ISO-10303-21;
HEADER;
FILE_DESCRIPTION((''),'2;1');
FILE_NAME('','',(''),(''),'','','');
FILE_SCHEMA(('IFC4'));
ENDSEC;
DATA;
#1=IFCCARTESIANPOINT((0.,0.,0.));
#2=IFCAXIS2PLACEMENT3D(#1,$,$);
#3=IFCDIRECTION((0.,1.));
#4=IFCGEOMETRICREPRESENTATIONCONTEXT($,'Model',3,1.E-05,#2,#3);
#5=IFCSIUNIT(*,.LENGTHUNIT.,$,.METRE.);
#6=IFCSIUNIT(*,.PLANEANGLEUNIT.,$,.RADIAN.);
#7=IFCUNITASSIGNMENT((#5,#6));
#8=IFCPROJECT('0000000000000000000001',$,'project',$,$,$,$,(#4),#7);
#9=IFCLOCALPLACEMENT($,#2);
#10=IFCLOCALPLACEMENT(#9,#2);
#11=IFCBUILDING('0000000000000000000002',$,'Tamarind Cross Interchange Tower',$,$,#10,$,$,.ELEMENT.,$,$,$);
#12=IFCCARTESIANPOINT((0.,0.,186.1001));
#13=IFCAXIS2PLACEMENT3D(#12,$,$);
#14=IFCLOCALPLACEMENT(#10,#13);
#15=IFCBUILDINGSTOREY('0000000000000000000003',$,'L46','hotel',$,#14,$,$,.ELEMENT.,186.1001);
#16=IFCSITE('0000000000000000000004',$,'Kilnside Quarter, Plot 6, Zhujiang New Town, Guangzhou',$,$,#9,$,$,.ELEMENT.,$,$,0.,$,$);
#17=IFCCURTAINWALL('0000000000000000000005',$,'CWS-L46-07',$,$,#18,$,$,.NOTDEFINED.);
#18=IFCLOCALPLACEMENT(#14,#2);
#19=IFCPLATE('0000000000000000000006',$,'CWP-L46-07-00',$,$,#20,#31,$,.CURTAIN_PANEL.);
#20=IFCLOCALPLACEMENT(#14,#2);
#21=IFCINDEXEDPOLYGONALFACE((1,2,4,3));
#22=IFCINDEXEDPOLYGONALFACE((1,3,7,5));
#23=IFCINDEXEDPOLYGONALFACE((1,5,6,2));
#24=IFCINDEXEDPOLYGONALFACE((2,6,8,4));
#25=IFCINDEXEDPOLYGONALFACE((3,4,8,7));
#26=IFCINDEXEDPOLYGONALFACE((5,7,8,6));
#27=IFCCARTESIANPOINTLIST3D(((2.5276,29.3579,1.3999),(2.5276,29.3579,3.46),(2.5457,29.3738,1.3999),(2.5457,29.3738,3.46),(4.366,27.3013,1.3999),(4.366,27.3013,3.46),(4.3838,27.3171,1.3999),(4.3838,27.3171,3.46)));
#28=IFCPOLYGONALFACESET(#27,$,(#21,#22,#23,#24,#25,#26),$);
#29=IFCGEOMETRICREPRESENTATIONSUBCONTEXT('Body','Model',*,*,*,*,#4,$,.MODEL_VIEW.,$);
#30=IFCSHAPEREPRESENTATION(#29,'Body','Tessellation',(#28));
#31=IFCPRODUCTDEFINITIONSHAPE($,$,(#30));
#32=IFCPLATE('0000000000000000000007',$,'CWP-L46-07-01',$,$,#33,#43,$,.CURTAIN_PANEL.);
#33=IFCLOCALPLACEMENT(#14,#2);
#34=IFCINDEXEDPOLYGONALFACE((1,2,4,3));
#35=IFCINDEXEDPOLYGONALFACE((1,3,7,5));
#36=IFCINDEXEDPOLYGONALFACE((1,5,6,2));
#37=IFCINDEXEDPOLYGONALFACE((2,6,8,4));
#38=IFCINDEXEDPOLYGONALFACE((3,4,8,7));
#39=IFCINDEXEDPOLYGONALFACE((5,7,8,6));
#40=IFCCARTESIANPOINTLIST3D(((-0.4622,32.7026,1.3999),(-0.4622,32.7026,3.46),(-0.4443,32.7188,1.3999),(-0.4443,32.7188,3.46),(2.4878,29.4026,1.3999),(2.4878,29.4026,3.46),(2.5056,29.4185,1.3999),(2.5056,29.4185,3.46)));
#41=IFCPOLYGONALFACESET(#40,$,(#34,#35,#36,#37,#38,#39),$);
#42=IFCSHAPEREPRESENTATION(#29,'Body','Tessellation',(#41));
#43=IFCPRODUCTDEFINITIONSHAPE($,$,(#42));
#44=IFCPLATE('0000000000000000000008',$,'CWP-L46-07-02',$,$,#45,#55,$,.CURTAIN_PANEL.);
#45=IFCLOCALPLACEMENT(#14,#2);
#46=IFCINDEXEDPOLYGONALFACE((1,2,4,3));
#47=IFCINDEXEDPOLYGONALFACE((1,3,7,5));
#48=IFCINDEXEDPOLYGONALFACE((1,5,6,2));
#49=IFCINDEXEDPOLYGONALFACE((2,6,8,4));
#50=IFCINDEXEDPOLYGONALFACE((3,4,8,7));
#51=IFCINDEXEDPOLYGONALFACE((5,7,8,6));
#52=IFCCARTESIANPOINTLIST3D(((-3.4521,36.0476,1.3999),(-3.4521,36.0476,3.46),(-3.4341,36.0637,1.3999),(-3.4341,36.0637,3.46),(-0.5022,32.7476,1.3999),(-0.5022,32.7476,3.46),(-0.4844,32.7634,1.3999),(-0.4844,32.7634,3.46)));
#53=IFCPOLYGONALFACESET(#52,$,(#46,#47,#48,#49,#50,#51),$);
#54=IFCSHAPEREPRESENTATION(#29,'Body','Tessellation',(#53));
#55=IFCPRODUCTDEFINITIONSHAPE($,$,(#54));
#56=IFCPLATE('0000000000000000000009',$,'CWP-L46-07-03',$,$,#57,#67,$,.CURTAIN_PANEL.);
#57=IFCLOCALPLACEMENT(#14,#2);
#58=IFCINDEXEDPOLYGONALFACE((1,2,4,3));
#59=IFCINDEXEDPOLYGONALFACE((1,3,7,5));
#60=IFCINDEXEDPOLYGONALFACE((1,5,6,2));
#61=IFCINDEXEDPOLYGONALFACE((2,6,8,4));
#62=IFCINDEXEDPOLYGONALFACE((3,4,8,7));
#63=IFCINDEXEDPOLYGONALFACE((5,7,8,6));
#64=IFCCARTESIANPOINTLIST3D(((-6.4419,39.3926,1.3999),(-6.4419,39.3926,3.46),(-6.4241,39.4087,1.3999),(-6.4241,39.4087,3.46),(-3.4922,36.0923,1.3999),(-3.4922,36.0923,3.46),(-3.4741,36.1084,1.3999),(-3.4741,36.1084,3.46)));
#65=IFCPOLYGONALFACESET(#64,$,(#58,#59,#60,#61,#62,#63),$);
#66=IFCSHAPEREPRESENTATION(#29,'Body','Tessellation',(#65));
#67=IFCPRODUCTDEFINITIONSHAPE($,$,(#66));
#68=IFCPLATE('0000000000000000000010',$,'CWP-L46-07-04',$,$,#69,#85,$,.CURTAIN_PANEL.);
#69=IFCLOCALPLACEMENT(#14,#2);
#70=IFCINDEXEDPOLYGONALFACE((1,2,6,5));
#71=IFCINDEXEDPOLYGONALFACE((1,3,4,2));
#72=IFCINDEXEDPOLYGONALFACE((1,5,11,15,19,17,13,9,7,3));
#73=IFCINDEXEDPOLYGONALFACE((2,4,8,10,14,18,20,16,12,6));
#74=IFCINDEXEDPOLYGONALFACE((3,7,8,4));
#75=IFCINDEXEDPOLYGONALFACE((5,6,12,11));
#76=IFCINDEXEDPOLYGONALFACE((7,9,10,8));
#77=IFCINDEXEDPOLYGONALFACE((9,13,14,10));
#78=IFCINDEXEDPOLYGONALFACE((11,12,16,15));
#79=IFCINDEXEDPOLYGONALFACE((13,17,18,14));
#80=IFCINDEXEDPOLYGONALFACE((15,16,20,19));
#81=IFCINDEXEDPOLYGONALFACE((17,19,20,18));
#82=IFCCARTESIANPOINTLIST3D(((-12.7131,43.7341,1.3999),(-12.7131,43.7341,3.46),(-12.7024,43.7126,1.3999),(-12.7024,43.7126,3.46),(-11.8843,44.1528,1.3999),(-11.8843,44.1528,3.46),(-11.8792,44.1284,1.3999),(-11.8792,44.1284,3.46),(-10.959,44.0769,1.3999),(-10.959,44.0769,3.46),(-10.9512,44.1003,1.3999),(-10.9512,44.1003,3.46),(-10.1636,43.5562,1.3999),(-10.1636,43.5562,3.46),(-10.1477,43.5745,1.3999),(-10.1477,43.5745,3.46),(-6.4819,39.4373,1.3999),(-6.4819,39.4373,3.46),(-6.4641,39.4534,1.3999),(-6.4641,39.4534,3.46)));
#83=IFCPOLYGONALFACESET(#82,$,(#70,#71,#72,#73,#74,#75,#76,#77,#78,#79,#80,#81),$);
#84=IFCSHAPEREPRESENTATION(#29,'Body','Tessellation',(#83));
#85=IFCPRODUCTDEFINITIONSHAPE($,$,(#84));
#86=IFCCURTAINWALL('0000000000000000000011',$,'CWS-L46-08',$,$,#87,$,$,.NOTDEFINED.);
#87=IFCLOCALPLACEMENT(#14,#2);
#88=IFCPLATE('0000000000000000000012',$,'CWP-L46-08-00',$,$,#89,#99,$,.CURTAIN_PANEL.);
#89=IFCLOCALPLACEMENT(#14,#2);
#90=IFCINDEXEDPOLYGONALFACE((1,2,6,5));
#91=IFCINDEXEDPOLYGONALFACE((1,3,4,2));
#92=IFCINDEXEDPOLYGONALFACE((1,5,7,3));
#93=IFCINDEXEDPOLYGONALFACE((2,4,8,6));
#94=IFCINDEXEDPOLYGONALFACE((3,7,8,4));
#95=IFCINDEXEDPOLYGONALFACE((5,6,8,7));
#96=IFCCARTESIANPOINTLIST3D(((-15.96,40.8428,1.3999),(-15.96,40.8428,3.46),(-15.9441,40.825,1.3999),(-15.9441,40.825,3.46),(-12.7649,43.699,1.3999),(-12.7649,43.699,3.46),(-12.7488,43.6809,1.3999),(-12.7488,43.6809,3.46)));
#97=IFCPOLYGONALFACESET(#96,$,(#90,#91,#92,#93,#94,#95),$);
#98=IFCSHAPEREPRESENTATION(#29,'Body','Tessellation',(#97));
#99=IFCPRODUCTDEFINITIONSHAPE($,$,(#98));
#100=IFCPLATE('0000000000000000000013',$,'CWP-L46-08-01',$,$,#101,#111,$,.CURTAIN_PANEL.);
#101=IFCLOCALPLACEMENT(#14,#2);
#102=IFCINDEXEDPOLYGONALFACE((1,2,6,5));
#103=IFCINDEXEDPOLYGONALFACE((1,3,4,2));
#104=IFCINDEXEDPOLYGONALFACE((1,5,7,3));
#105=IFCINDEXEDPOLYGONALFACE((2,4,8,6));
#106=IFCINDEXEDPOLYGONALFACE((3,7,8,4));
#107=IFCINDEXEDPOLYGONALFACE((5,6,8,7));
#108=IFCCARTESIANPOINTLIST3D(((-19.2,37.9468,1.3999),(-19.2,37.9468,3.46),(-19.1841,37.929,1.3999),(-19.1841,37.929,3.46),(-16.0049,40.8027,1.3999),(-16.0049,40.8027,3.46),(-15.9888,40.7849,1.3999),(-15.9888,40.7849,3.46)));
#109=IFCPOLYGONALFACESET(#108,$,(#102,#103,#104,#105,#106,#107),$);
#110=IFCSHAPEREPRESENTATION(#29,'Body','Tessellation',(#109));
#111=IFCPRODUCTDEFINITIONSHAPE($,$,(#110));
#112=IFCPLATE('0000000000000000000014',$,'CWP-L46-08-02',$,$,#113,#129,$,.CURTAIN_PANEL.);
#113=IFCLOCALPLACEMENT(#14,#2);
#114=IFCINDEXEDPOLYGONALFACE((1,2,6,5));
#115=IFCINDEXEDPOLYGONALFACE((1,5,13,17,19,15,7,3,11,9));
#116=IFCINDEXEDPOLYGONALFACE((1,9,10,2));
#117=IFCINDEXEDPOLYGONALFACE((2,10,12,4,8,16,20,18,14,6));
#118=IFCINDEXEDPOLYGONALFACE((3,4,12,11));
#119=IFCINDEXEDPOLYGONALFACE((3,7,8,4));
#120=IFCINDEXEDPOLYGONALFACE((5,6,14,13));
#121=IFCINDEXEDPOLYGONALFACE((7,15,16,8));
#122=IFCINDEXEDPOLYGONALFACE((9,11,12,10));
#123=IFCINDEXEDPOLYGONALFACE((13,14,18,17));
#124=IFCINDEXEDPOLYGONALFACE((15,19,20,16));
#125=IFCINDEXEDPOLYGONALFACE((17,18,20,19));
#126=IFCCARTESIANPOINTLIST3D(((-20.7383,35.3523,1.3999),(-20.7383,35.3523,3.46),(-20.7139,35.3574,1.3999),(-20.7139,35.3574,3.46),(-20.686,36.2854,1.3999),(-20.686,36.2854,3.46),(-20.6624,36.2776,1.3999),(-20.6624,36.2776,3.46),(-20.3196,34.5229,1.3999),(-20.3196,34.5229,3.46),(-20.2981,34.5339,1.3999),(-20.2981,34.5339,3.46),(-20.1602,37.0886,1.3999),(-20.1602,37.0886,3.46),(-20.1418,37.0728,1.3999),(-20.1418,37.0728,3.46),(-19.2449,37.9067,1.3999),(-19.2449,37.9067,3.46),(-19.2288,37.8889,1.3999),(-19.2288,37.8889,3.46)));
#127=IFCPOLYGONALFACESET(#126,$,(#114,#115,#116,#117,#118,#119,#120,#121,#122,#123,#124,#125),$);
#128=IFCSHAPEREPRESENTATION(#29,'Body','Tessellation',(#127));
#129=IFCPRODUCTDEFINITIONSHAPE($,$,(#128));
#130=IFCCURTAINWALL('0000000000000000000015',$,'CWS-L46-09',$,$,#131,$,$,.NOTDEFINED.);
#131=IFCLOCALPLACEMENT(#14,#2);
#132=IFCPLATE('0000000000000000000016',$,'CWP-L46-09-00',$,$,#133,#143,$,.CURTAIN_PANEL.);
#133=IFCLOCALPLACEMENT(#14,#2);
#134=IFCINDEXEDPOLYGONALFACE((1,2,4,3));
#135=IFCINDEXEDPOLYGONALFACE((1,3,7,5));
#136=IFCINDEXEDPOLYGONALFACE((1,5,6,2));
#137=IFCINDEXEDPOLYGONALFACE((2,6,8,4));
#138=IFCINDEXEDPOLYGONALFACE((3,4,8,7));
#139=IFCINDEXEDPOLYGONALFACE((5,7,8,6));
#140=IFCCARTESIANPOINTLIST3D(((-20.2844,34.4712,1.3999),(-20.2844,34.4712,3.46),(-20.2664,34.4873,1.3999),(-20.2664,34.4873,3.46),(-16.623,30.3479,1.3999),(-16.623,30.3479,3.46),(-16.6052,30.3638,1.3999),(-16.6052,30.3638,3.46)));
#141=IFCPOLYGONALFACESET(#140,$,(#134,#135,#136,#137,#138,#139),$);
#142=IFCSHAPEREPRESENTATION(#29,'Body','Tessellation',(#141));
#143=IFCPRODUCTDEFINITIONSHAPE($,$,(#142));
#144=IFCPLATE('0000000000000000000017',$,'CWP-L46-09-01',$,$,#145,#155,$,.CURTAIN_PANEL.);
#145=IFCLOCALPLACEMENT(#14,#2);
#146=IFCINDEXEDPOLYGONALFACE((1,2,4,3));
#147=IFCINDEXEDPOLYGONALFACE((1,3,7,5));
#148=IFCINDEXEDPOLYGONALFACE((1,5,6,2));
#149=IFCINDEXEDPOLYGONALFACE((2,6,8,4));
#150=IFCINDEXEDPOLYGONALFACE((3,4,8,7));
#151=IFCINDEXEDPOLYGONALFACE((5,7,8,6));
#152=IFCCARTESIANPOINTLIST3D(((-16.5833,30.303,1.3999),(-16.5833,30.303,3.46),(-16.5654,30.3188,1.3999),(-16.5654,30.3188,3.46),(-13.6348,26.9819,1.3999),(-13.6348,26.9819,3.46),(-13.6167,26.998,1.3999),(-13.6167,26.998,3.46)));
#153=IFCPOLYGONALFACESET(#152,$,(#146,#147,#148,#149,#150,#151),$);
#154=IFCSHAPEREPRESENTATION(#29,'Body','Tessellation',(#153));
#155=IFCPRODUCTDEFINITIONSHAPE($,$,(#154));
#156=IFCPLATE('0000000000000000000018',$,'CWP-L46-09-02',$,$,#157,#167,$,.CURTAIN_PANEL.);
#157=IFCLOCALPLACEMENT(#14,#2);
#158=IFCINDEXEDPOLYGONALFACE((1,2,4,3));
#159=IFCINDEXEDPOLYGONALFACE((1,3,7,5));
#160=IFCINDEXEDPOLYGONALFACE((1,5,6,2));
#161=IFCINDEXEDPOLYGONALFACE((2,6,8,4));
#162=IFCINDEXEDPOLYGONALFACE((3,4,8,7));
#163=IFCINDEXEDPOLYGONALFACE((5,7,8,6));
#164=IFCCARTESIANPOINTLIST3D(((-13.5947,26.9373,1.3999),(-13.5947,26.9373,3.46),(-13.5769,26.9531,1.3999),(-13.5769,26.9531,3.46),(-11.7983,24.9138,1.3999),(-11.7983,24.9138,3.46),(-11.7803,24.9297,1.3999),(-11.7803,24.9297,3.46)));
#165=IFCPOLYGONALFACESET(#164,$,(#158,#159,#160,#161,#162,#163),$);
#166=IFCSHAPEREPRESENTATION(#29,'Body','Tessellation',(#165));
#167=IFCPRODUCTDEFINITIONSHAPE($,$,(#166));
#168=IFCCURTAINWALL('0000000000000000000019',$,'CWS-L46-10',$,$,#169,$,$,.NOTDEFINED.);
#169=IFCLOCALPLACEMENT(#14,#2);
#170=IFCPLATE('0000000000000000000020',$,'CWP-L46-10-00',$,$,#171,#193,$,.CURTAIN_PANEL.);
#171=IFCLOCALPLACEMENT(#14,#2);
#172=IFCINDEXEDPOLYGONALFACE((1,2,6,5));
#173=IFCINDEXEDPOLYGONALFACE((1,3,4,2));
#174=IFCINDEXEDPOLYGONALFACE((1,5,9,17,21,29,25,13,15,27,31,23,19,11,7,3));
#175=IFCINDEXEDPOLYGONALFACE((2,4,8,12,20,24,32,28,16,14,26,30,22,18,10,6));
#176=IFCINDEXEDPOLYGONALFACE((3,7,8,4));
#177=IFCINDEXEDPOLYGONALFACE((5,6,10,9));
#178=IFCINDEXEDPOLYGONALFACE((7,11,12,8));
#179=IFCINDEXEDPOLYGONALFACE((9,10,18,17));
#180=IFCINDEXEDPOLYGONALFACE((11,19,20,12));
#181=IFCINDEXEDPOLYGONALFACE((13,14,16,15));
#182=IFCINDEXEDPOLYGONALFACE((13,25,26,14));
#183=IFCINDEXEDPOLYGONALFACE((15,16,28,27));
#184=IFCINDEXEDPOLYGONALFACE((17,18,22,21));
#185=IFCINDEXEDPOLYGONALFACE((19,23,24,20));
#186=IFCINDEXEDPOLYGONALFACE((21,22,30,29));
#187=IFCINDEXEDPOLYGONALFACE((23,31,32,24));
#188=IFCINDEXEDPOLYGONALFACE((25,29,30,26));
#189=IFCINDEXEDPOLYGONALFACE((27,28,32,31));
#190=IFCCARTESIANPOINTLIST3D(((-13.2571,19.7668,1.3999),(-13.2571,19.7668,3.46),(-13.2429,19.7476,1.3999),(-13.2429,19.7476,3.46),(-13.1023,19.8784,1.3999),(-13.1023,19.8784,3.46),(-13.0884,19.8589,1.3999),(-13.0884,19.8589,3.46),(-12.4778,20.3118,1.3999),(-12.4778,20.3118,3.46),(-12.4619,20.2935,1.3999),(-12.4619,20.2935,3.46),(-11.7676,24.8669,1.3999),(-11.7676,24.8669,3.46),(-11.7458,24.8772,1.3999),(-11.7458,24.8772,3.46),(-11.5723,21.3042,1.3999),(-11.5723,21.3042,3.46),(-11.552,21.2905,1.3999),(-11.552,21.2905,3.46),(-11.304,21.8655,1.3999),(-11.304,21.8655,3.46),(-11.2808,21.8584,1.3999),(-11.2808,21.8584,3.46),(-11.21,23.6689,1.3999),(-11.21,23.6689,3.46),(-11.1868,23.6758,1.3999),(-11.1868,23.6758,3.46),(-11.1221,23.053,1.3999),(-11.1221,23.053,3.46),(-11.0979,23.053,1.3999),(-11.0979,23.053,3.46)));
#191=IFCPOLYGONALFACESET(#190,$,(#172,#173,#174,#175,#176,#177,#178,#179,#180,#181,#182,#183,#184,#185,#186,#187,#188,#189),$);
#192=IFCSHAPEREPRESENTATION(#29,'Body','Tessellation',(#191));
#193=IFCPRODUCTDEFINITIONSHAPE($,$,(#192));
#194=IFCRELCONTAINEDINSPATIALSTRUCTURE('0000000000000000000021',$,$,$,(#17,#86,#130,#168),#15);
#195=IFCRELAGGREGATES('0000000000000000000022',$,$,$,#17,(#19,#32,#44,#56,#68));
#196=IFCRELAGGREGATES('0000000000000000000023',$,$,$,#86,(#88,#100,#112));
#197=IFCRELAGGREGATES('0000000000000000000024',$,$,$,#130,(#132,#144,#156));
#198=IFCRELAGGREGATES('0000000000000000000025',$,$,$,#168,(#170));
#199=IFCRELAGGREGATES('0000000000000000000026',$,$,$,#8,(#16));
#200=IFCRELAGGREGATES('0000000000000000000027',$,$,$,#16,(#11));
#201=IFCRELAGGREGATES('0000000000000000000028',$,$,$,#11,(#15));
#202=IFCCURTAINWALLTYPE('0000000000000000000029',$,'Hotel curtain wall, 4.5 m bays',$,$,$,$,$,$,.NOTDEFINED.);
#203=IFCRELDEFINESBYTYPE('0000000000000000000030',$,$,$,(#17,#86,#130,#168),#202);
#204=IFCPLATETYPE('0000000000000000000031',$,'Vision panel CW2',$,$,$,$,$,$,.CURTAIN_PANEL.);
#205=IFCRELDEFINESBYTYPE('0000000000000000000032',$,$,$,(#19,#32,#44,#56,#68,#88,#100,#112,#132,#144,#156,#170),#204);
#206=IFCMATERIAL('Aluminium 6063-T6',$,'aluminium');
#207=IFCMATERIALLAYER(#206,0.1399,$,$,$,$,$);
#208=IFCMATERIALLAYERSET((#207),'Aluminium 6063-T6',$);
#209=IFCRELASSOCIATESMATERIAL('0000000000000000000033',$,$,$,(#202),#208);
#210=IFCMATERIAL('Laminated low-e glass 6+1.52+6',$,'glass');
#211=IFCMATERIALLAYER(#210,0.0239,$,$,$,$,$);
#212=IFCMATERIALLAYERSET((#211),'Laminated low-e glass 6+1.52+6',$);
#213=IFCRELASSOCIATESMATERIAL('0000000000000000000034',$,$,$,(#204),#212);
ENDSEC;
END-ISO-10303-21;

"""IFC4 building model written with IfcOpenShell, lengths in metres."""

from ifc_helpers import new_model, si_unit, direction, frame, origin, place, context, subcontext, project, spatial, polyline, outline, extrude, material, layer, layer_set, type_object, element, aggregate, save


model = new_model("IFC4")

# Units and contexts
model_context = context("Model", 3, precision=1e-05, world=origin(), true_north=direction((0.0, 1.0)))
body_context = subcontext(model_context, "Body", "Model", "MODEL_VIEW")
ifc_project = project(units=[si_unit("LENGTHUNIT", "METRE"), si_unit("PLANEANGLEUNIT", "RADIAN")], contexts=[model_context])

# Site, building, storey
site_placement = place(None, origin())
site = spatial("IfcSite", under=ifc_project, at=site_placement, Name="Kilnside Quarter, Plot 6, Zhujiang New Town, Guangzhou", CompositionType="ELEMENT", RefElevation=0.0)
building_placement = place(site_placement, origin())
building = spatial("IfcBuilding", under=site, at=building_placement, Name="Tamarind Cross Interchange Tower", CompositionType="ELEMENT")
storey_placement = place(building_placement, frame((0.0, 0.0, 186.1001)))
storey = spatial("IfcBuildingStorey", under=building, at=storey_placement, Name="L46", Description="hotel", CompositionType="ELEMENT", Elevation=186.1001)

# Curtain walls, plates
ifc_material_1 = material(Name="Aluminium 6063-T6", Category="aluminium")
ifc_layer_1 = layer(ifc_material_1, 0.1399)
ifc_layer_set_1 = layer_set([ifc_layer_1], Name="Aluminium 6063-T6")
curtain_wall_type = type_object("IfcCurtainWallType", Name="Hotel curtain wall, 4.5 m bays", PredefinedType="NOTDEFINED", material=ifc_layer_set_1)
ifc_material_2 = material(Name="Laminated low-e glass 6+1.52+6", Category="glass")
ifc_layer_2 = layer(ifc_material_2, 0.0239)
ifc_layer_set_2 = layer_set([ifc_layer_2], Name="Laminated low-e glass 6+1.52+6")
plate_type = type_object("IfcPlateType", Name="Vision panel CW2", PredefinedType="CURTAIN_PANEL", material=ifc_layer_set_2)
curtain_wall_1_placement = place(storey_placement, origin())
curtain_wall_1 = element("IfcCurtainWall", 1, at=curtain_wall_1_placement, inside=storey, type_object=curtain_wall_type, Name="CWS-L46-07", PredefinedType="NOTDEFINED")
plate_1_placement = place(storey_placement, frame((0.0, 0.0, 1.3999)))
plate_1 = element("IfcPlate", 2, at=plate_1_placement, type_object=plate_type, Name="CWP-L46-07-00", PredefinedType="CURTAIN_PANEL", context=body_context, shape_type="SweptSolid", body=[
    extrude(outline(polyline([(4.366, 27.3013), (2.5276, 29.3579), (2.5457, 29.3738), (4.3838, 27.3171), (4.366, 27.3013)])), origin(), (0.0, 0.0, 1.0), 2.0601),
])
plate_2_placement = place(storey_placement, frame((0.0, 0.0, 1.3999)))
plate_2 = element("IfcPlate", 3, at=plate_2_placement, type_object=plate_type, Name="CWP-L46-07-01", PredefinedType="CURTAIN_PANEL", context=body_context, shape_type="SweptSolid", body=[
    extrude(outline(polyline([(2.4878, 29.4026), (-0.4622, 32.7026), (-0.4443, 32.7188), (2.5056, 29.4185), (2.4878, 29.4026)])), origin(), (0.0, 0.0, 1.0), 2.0601),
])
plate_3_placement = place(storey_placement, frame((0.0, 0.0, 1.3999)))
plate_3 = element("IfcPlate", 4, at=plate_3_placement, type_object=plate_type, Name="CWP-L46-07-02", PredefinedType="CURTAIN_PANEL", context=body_context, shape_type="SweptSolid", body=[
    extrude(outline(polyline([(-0.5022, 32.7476), (-3.4521, 36.0476), (-3.4341, 36.0637), (-0.4844, 32.7634), (-0.5022, 32.7476)])), origin(), (0.0, 0.0, 1.0), 2.0601),
])
plate_4_placement = place(storey_placement, frame((0.0, 0.0, 1.3999)))
plate_4 = element("IfcPlate", 5, at=plate_4_placement, type_object=plate_type, Name="CWP-L46-07-03", PredefinedType="CURTAIN_PANEL", context=body_context, shape_type="SweptSolid", body=[
    extrude(outline(polyline([(-3.4922, 36.0923), (-6.4419, 39.3926), (-6.4241, 39.4087), (-3.4741, 36.1084), (-3.4922, 36.0923)])), origin(), (0.0, 0.0, 1.0), 2.0601),
])
plate_5_placement = place(storey_placement, frame((0.0, 0.0, 1.3999)))
plate_5 = element("IfcPlate", 6, at=plate_5_placement, type_object=plate_type, Name="CWP-L46-07-04", PredefinedType="CURTAIN_PANEL", context=body_context, shape_type="SweptSolid", body=[
    extrude(outline(polyline([(-6.4819, 39.4373), (-10.1636, 43.5562), (-10.959, 44.0769), (-11.8792, 44.1284), (-12.7024, 43.7126), (-12.7131, 43.7341), (-11.8843, 44.1528), (-10.9512, 44.1003), (-10.1477, 43.5745), (-6.4641, 39.4534), (-6.4819, 39.4373)])), origin(), (0.0, 0.0, 1.0), 2.0601),
])
aggregate(curtain_wall_1, [plate_1, plate_2, plate_3, plate_4, plate_5])
curtain_wall_2_placement = place(storey_placement, origin())
curtain_wall_2 = element("IfcCurtainWall", 7, at=curtain_wall_2_placement, inside=storey, type_object=curtain_wall_type, Name="CWS-L46-08", PredefinedType="NOTDEFINED")
plate_6_placement = place(storey_placement, frame((0.0, 0.0, 1.3999)))
plate_6 = element("IfcPlate", 8, at=plate_6_placement, type_object=plate_type, Name="CWP-L46-08-00", PredefinedType="CURTAIN_PANEL", context=body_context, shape_type="SweptSolid", body=[
    extrude(outline(polyline([(-12.7488, 43.6809), (-15.9441, 40.825), (-15.96, 40.8428), (-12.7649, 43.699), (-12.7488, 43.6809)])), origin(), (0.0, 0.0, 1.0), 2.0601),
])
plate_7_placement = place(storey_placement, frame((0.0, 0.0, 1.3999)))
plate_7 = element("IfcPlate", 9, at=plate_7_placement, type_object=plate_type, Name="CWP-L46-08-01", PredefinedType="CURTAIN_PANEL", context=body_context, shape_type="SweptSolid", body=[
    extrude(outline(polyline([(-15.9888, 40.7849), (-19.1841, 37.929), (-19.2, 37.9468), (-16.0049, 40.8027), (-15.9888, 40.7849)])), origin(), (0.0, 0.0, 1.0), 2.0601),
])
plate_8_placement = place(storey_placement, frame((0.0, 0.0, 1.3999)))
plate_8 = element("IfcPlate", 10, at=plate_8_placement, type_object=plate_type, Name="CWP-L46-08-02", PredefinedType="CURTAIN_PANEL", context=body_context, shape_type="SweptSolid", body=[
    extrude(outline(polyline([(-19.2288, 37.8889), (-20.1418, 37.0728), (-20.6624, 36.2776), (-20.7139, 35.3574), (-20.2981, 34.5339), (-20.3196, 34.5229), (-20.7383, 35.3523), (-20.686, 36.2854), (-20.1602, 37.0886), (-19.2449, 37.9067), (-19.2288, 37.8889)])), origin(), (0.0, 0.0, 1.0), 2.0601),
])
aggregate(curtain_wall_2, [plate_6, plate_7, plate_8])
curtain_wall_3_placement = place(storey_placement, origin())
curtain_wall_3 = element("IfcCurtainWall", 11, at=curtain_wall_3_placement, inside=storey, type_object=curtain_wall_type, Name="CWS-L46-09", PredefinedType="NOTDEFINED")
plate_9_placement = place(storey_placement, frame((0.0, 0.0, 1.3999)))
plate_9 = element("IfcPlate", 12, at=plate_9_placement, type_object=plate_type, Name="CWP-L46-09-00", PredefinedType="CURTAIN_PANEL", context=body_context, shape_type="SweptSolid", body=[
    extrude(outline(polyline([(-20.2664, 34.4873), (-16.6052, 30.3638), (-16.623, 30.3479), (-20.2844, 34.4712), (-20.2664, 34.4873)])), origin(), (0.0, 0.0, 1.0), 2.0601),
])
plate_10_placement = place(storey_placement, frame((0.0, 0.0, 1.3999)))
plate_10 = element("IfcPlate", 13, at=plate_10_placement, type_object=plate_type, Name="CWP-L46-09-01", PredefinedType="CURTAIN_PANEL", context=body_context, shape_type="SweptSolid", body=[
    extrude(outline(polyline([(-16.5654, 30.3188), (-13.6167, 26.998), (-13.6348, 26.9819), (-16.5833, 30.303), (-16.5654, 30.3188)])), origin(), (0.0, 0.0, 1.0), 2.0601),
])
plate_11_placement = place(storey_placement, frame((0.0, 0.0, 1.3999)))
plate_11 = element("IfcPlate", 14, at=plate_11_placement, type_object=plate_type, Name="CWP-L46-09-02", PredefinedType="CURTAIN_PANEL", context=body_context, shape_type="SweptSolid", body=[
    extrude(outline(polyline([(-13.5769, 26.9531), (-11.7803, 24.9297), (-11.7983, 24.9138), (-13.5947, 26.9373), (-13.5769, 26.9531)])), origin(), (0.0, 0.0, 1.0), 2.0601),
])
aggregate(curtain_wall_3, [plate_9, plate_10, plate_11])
curtain_wall_4_placement = place(storey_placement, origin())
curtain_wall_4 = element("IfcCurtainWall", 15, at=curtain_wall_4_placement, inside=storey, type_object=curtain_wall_type, Name="CWS-L46-10", PredefinedType="NOTDEFINED")
plate_12_placement = place(storey_placement, frame((0.0, 0.0, 1.3999)))
plate_12 = element("IfcPlate", 16, at=plate_12_placement, type_object=plate_type, Name="CWP-L46-10-00", PredefinedType="CURTAIN_PANEL", context=body_context, shape_type="SweptSolid", body=[
    extrude(outline(polyline([(-11.7458, 24.8772), (-11.1868, 23.6758), (-11.0979, 23.053), (-11.2808, 21.8584), (-11.552, 21.2905), (-12.4619, 20.2935), (-13.0884, 19.8589), (-13.2429, 19.7476), (-13.2571, 19.7668), (-13.1023, 19.8784), (-12.4778, 20.3118), (-11.5723, 21.3042), (-11.304, 21.8655), (-11.1221, 23.053), (-11.21, 23.6689), (-11.7676, 24.8669), (-11.7458, 24.8772)])), origin(), (0.0, 0.0, 1.0), 2.0601),
])
aggregate(curtain_wall_4, [plate_12])

save(model, "model.ifc")
